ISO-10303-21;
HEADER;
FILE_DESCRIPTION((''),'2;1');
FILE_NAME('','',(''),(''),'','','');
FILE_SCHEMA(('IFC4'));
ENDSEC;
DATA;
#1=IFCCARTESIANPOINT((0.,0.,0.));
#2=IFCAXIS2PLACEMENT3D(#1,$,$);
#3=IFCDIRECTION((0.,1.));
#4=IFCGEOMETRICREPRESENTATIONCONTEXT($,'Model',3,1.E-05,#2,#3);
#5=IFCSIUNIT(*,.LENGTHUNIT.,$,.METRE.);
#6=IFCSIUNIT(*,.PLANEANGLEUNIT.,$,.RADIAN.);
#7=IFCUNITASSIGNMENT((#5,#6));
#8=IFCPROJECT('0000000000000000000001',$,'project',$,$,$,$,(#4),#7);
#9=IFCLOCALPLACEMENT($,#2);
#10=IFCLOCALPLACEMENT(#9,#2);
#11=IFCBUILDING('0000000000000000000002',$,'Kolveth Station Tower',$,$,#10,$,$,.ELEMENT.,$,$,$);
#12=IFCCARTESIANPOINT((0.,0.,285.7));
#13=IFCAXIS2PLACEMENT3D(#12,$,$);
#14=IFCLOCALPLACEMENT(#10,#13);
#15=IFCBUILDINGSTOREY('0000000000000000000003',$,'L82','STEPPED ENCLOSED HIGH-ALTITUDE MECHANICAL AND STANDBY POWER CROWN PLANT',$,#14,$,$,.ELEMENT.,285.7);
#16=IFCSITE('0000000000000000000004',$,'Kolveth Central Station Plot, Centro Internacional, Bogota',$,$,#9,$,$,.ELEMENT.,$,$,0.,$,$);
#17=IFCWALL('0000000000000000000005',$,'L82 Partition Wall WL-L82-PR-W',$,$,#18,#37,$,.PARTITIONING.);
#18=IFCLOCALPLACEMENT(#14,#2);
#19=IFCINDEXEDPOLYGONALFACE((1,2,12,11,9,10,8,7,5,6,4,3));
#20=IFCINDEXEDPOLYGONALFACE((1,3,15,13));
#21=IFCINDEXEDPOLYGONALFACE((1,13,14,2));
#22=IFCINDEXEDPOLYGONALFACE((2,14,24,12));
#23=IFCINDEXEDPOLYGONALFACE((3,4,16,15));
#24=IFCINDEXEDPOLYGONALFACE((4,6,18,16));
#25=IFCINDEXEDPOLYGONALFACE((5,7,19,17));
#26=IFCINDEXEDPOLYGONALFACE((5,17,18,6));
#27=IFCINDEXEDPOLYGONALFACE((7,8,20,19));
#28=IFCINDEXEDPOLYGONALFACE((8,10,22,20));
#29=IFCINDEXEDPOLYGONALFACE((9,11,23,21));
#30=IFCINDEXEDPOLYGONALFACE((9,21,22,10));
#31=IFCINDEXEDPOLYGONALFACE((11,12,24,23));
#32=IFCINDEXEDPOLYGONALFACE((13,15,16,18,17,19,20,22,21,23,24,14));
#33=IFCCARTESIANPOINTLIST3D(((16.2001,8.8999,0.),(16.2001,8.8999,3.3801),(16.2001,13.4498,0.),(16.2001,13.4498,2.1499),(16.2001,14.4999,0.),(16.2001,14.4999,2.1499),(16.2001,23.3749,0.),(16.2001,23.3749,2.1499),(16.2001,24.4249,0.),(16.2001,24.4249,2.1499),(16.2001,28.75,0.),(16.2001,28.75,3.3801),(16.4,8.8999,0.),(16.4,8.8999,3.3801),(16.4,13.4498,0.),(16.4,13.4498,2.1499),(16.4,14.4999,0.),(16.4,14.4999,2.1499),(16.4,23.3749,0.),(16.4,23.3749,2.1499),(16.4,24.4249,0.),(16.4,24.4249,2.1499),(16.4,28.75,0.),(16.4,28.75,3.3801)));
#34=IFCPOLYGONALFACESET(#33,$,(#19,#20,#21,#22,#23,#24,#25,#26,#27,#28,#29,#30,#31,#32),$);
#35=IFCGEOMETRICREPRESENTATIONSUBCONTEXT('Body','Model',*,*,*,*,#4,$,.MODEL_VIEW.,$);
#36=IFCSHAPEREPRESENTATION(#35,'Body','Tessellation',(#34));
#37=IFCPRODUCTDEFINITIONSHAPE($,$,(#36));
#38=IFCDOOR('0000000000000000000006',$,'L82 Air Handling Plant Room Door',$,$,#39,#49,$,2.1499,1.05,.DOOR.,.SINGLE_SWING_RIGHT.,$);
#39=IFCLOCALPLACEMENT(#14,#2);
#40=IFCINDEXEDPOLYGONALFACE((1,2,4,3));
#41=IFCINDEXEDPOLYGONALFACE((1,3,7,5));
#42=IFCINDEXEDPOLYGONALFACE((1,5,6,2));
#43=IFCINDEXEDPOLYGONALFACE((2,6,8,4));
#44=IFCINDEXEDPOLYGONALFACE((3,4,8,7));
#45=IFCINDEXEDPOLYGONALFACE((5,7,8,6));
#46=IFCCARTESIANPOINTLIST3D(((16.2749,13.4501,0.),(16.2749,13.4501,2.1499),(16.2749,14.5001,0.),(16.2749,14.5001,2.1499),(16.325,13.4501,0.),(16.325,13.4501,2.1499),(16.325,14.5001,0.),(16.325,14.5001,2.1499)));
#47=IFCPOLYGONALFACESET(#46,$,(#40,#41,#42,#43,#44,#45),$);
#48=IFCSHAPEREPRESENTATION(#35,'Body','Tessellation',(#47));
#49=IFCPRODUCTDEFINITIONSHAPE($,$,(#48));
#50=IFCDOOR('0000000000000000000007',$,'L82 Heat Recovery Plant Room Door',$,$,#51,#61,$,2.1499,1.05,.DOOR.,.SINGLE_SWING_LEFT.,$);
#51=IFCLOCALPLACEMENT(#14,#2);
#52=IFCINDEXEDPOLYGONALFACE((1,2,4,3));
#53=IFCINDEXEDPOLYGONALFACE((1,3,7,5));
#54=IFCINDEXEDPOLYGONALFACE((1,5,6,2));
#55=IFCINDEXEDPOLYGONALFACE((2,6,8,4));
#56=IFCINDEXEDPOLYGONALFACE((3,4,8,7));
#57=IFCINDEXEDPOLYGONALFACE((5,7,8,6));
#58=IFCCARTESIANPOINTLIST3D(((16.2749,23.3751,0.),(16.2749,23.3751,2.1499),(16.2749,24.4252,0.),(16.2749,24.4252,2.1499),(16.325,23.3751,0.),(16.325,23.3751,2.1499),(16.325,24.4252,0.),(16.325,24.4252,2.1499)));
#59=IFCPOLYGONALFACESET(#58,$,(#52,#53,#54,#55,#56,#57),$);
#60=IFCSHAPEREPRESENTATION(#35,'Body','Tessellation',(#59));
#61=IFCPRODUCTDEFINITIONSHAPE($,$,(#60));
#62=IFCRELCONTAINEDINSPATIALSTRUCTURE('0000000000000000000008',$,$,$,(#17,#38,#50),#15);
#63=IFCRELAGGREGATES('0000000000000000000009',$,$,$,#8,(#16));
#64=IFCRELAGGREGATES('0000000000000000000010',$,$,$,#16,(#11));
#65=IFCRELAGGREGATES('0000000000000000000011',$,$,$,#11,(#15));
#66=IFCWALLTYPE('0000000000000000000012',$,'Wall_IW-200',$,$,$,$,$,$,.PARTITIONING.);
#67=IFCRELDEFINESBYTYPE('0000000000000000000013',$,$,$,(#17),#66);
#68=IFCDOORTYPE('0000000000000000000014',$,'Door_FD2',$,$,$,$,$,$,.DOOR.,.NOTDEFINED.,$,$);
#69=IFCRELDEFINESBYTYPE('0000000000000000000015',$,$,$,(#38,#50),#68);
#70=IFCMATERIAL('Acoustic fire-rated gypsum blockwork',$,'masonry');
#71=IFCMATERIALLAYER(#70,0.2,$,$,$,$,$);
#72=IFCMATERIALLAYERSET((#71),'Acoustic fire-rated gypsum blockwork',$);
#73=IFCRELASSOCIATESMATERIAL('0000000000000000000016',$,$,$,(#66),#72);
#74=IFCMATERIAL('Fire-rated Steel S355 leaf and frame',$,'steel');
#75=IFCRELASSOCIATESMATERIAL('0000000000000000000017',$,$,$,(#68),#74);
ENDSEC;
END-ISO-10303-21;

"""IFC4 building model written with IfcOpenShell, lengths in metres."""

from ifc_helpers import new_model, si_unit, direction, frame, frame_2d, origin, place, context, subcontext, project, spatial, rectangle, extrude, material, layer, layer_set, type_object, element, fill, save


model = new_model("IFC4")

# Units and contexts
model_context = context("Model", 3, precision=1e-05, world=origin(), true_north=direction((0.0, 1.0)))
body_context = subcontext(model_context, "Body", "Model", "MODEL_VIEW")
ifc_project = project(units=[si_unit("LENGTHUNIT", "METRE"), si_unit("PLANEANGLEUNIT", "RADIAN")], contexts=[model_context])

# Site, building, storey
site_placement = place(None, origin())
site = spatial("IfcSite", under=ifc_project, at=site_placement, Name="Kolveth Central Station Plot, Centro Internacional, Bogota", CompositionType="ELEMENT", RefElevation=0.0)
building_placement = place(site_placement, origin())
building = spatial("IfcBuilding", under=site, at=building_placement, Name="Kolveth Station Tower", CompositionType="ELEMENT")
storey_placement = place(building_placement, frame((0.0, 0.0, 285.7)))
storey = spatial("IfcBuildingStorey", under=building, at=storey_placement, Name="L82", Description="STEPPED ENCLOSED HIGH-ALTITUDE MECHANICAL AND STANDBY POWER CROWN PLANT", CompositionType="ELEMENT", Elevation=285.7)

# Shared definitions
ifc_material_1 = material(Name="Fire-rated Steel S355 leaf and frame", Category="steel")

# Shared definitions
ifc_material_2 = material(Name="Acoustic fire-rated gypsum blockwork", Category="masonry")
ifc_layer_1 = layer(ifc_material_2, 0.2)
ifc_layer_set_1 = layer_set([ifc_layer_1], Name="Acoustic fire-rated gypsum blockwork")
wall_type_1 = type_object("IfcWallType", Name="Wall_IW-200", PredefinedType="PARTITIONING", material=ifc_layer_set_1)

# Wall, openings, doors
wall_1_placement = place(storey_placement, frame((16.3, 8.8999, 0.0), z_axis=(0.0, 0.0, 1.0), x_axis=(0.0, 1.0, 0.0)))
wall_1 = element("IfcWall", 1, at=wall_1_placement, inside=storey, type_object=wall_type_1, Name="L82 Partition Wall WL-L82-PR-W", PredefinedType="PARTITIONING", context=body_context, shape_type="SweptSolid", body=[
    extrude(rectangle(XDim=19.8501, YDim=0.2, at=frame_2d((9.925, 0.0))), origin(), (0.0, 0.0, 1.0), 3.3801),
])
opening_1_placement = place(wall_1_placement, frame((4.55, 0.0, 0.0)))
opening_1 = element("IfcOpeningElement", 2, at=opening_1_placement, cuts=wall_1, PredefinedType="OPENING", context=body_context, shape_type="SweptSolid", body=[
    extrude(rectangle(XDim=1.05, YDim=2.1499, at=frame_2d((0.5249, 1.075))), frame((0.0, 0.1099, 0.0), z_axis=(0.0, -1.0, 0.0), x_axis=(1.0, 0.0, 0.0)), (0.0, 0.0, 1.0), 0.22),
])
opening_2_placement = place(wall_1_placement, frame((14.4751, 0.0, 0.0)))
opening_2 = element("IfcOpeningElement", 3, at=opening_2_placement, cuts=wall_1, PredefinedType="OPENING", context=body_context, shape_type="SweptSolid", body=[
    extrude(rectangle(XDim=1.05, YDim=2.1499, at=frame_2d((0.5249, 1.075))), frame((0.0, 0.1099, 0.0), z_axis=(0.0, -1.0, 0.0), x_axis=(1.0, 0.0, 0.0)), (0.0, 0.0, 1.0), 0.22),
])
door_type_1 = type_object("IfcDoorType", Name="Door_FD2", OperationType="NOTDEFINED", PredefinedType="DOOR", material=ifc_material_1)
door_1_placement = place(opening_1_placement, frame((1.05, 0.0, 0.0), z_axis=(0.0, 0.0, 1.0), x_axis=(-1.0, 0.0, 0.0)))
door_1 = element("IfcDoor", 4, at=door_1_placement, inside=storey, type_object=door_type_1, Name="L82 Air Handling Plant Room Door", OperationType="SINGLE_SWING_RIGHT", OverallHeight=2.1499, OverallWidth=1.05, PredefinedType="DOOR", context=body_context, shape_type="SweptSolid", body=[
    extrude(rectangle(XDim=1.05, YDim=2.1499, at=frame_2d((0.5249, 1.075))), frame((0.0, 0.0249, 0.0), z_axis=(0.0, -1.0, 0.0), x_axis=(1.0, 0.0, 0.0)), (0.0, 0.0, 1.0), 0.05),
])
fill(opening_1, door_1)
door_2_placement = place(opening_2_placement, frame((1.05, 0.0, 0.0), z_axis=(0.0, 0.0, 1.0), x_axis=(-1.0, 0.0, 0.0)))
door_2 = element("IfcDoor", 5, at=door_2_placement, inside=storey, type_object=door_type_1, Name="L82 Heat Recovery Plant Room Door", OperationType="SINGLE_SWING_LEFT", OverallHeight=2.1499, OverallWidth=1.05, PredefinedType="DOOR", context=body_context, shape_type="SweptSolid", body=[
    extrude(rectangle(XDim=1.05, YDim=2.1499, at=frame_2d((0.5249, 1.075))), frame((0.0, 0.0249, 0.0), z_axis=(0.0, -1.0, 0.0), x_axis=(1.0, 0.0, 0.0)), (0.0, 0.0, 1.0), 0.05),
])
fill(opening_2, door_2)

save(model, "model.ifc")
